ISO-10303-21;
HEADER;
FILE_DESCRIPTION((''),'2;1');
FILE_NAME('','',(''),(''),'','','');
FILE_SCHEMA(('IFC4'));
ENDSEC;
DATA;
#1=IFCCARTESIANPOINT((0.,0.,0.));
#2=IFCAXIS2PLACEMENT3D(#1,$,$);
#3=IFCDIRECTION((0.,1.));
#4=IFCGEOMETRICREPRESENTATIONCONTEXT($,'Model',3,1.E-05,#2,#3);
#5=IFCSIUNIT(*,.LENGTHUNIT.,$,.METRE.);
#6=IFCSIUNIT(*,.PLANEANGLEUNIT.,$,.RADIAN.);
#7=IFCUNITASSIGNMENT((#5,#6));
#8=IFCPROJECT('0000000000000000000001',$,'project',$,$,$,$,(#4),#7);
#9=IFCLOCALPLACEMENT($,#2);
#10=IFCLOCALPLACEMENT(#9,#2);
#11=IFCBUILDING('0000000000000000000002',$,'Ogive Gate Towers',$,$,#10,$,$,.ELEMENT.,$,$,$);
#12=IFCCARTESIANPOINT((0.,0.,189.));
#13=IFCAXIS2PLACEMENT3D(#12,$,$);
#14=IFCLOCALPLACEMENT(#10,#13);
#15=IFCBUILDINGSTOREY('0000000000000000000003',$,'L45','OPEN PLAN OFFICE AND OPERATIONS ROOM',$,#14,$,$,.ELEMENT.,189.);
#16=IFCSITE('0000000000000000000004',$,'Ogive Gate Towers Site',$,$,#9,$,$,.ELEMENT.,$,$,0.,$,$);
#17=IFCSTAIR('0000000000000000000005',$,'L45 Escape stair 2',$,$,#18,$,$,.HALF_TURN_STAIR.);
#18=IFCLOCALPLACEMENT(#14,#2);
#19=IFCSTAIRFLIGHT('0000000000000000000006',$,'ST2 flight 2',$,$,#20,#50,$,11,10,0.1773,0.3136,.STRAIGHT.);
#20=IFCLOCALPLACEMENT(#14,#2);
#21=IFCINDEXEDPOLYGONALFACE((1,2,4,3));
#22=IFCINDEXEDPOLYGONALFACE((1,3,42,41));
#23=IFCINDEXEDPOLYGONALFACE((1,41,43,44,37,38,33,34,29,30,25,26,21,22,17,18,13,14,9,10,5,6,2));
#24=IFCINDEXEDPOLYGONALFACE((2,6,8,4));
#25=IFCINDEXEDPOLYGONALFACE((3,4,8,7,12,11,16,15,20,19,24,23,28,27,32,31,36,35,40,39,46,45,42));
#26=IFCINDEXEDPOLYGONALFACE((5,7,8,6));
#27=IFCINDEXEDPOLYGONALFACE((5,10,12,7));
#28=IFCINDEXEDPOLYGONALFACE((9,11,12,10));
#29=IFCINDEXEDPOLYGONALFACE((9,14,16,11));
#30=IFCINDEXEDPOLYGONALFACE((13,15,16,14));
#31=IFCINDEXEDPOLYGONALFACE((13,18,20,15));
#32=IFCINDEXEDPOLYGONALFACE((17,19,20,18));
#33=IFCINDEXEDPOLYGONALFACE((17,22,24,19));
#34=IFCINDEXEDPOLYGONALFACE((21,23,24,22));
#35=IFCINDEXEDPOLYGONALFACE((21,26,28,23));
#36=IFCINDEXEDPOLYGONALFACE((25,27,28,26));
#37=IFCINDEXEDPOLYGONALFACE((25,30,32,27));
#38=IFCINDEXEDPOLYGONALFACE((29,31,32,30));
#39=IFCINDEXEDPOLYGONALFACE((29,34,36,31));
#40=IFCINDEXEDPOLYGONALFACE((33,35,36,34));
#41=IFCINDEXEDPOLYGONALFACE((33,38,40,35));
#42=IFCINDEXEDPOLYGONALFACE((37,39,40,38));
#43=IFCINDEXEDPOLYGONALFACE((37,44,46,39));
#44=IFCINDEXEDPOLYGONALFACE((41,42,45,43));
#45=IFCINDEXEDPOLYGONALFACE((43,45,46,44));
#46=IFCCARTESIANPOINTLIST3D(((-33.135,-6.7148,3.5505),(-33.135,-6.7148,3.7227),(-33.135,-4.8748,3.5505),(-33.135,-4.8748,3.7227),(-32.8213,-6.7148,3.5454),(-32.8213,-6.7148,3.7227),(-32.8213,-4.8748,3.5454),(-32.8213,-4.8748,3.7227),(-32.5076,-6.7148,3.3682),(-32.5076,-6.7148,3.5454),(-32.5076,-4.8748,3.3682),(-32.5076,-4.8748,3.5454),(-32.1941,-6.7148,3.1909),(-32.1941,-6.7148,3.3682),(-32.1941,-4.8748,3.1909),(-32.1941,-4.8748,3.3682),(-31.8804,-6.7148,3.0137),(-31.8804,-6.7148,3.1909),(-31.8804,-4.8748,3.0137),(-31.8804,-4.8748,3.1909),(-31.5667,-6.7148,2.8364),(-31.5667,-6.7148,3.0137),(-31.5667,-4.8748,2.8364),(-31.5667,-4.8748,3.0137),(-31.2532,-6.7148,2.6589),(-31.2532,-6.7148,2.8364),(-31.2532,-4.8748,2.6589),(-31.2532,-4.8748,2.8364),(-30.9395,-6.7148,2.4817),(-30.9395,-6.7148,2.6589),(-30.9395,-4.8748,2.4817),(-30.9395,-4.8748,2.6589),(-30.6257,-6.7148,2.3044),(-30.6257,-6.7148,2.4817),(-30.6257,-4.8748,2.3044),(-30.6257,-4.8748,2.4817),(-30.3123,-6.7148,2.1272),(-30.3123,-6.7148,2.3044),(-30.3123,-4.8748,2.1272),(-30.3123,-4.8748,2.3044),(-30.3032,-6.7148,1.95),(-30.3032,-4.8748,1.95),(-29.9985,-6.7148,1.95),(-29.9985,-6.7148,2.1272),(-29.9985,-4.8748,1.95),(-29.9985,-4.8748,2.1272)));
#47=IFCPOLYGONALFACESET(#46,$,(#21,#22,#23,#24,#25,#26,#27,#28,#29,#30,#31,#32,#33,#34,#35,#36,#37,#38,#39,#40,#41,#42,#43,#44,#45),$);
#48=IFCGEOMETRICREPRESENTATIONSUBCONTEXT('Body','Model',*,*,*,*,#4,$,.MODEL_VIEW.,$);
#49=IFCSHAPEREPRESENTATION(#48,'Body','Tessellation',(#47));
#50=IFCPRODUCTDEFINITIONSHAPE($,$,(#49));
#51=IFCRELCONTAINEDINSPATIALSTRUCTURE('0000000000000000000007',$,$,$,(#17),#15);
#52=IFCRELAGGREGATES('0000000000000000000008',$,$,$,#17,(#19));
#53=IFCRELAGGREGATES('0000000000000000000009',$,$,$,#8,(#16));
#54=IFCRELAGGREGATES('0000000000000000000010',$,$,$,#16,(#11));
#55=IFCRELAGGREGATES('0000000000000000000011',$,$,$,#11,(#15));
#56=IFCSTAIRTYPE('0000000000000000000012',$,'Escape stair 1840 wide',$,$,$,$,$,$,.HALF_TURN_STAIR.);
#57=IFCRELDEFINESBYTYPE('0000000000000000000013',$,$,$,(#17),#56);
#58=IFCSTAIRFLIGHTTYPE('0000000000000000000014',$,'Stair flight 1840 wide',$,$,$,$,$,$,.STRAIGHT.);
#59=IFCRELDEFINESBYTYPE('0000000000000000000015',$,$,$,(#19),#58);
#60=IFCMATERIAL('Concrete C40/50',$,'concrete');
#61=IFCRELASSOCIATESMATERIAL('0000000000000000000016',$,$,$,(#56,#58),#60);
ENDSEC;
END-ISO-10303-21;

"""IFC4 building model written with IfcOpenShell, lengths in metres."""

from ifc_helpers import new_model, si_unit, direction, frame, origin, place, context, subcontext, project, spatial, polyline, outline, extrude, material, type_object, element, aggregate, save


model = new_model("IFC4")

# Units and contexts
model_context = context("Model", 3, precision=1e-05, world=origin(), true_north=direction((0.0, 1.0)))
body_context = subcontext(model_context, "Body", "Model", "MODEL_VIEW")
ifc_project = project(units=[si_unit("LENGTHUNIT", "METRE"), si_unit("PLANEANGLEUNIT", "RADIAN")], contexts=[model_context])

# Site, building, storey
site_placement = place(None, origin())
site = spatial("IfcSite", under=ifc_project, at=site_placement, Name="Ogive Gate Towers Site", CompositionType="ELEMENT", RefElevation=0.0)
building_placement = place(site_placement, origin())
building = spatial("IfcBuilding", under=site, at=building_placement, Name="Ogive Gate Towers", CompositionType="ELEMENT")
storey_placement = place(building_placement, frame((0.0, 0.0, 189.0)))
storey = spatial("IfcBuildingStorey", under=building, at=storey_placement, Name="L45", Description="OPEN PLAN OFFICE AND OPERATIONS ROOM", CompositionType="ELEMENT", Elevation=189.0)

# Stair, stair flight
ifc_material_1 = material(Name="Concrete C40/50", Category="concrete")
stair_type = type_object("IfcStairType", Name="Escape stair 1840 wide", PredefinedType="HALF_TURN_STAIR", material=ifc_material_1)
stair_flight_type = type_object("IfcStairFlightType", Name="Stair flight 1840 wide", PredefinedType="STRAIGHT", material=ifc_material_1)
stair_1_placement = place(storey_placement, origin())
stair_1 = element("IfcStair", 1, at=stair_1_placement, inside=storey, type_object=stair_type, Name="L45 Escape stair 2", PredefinedType="HALF_TURN_STAIR")
stair_flight_1_placement = place(storey_placement, frame((-29.9985, -5.7949, 1.95), z_axis=(0.0, 0.0, 1.0), x_axis=(-1.0, 0.0, 0.0)))
stair_flight_1 = element("IfcStairFlight", 2, at=stair_flight_1_placement, type_object=stair_flight_type, Name="ST2 flight 2", NumberOfRisers=11, NumberOfTreads=10, PredefinedType="STRAIGHT", RiserHeight=0.1773, TreadLength=0.3136, context=body_context, shape_type="SweptSolid", body=[
    extrude(outline(polyline([(0.0, 0.0), (0.0, 0.1772), (0.3137, 0.1772), (0.3137, 0.3545), (0.6272, 0.3545), (0.6272, 0.5317), (0.9409, 0.5317), (0.9409, 0.709), (1.2546, 0.709), (1.2546, 0.8865), (1.5681, 0.8865), (1.5681, 1.0637), (1.8818, 1.0637), (1.8818, 1.241), (2.1956, 1.241), (2.1956, 1.4182), (2.509, 1.4182), (2.509, 1.5955), (2.8228, 1.5955), (2.8228, 1.7727), (3.1365, 1.7727), (3.1365, 1.95), (3.1365, 1.6006), (0.3047, 0.0), (0.0, 0.0)])), frame((0.0, 0.9199, 0.0), z_axis=(0.0, -1.0, 0.0), x_axis=(1.0, 0.0, 0.0)), (0.0, 0.0, 1.0), 1.8401),
])
aggregate(stair_1, [stair_flight_1])

save(model, "model.ifc")
